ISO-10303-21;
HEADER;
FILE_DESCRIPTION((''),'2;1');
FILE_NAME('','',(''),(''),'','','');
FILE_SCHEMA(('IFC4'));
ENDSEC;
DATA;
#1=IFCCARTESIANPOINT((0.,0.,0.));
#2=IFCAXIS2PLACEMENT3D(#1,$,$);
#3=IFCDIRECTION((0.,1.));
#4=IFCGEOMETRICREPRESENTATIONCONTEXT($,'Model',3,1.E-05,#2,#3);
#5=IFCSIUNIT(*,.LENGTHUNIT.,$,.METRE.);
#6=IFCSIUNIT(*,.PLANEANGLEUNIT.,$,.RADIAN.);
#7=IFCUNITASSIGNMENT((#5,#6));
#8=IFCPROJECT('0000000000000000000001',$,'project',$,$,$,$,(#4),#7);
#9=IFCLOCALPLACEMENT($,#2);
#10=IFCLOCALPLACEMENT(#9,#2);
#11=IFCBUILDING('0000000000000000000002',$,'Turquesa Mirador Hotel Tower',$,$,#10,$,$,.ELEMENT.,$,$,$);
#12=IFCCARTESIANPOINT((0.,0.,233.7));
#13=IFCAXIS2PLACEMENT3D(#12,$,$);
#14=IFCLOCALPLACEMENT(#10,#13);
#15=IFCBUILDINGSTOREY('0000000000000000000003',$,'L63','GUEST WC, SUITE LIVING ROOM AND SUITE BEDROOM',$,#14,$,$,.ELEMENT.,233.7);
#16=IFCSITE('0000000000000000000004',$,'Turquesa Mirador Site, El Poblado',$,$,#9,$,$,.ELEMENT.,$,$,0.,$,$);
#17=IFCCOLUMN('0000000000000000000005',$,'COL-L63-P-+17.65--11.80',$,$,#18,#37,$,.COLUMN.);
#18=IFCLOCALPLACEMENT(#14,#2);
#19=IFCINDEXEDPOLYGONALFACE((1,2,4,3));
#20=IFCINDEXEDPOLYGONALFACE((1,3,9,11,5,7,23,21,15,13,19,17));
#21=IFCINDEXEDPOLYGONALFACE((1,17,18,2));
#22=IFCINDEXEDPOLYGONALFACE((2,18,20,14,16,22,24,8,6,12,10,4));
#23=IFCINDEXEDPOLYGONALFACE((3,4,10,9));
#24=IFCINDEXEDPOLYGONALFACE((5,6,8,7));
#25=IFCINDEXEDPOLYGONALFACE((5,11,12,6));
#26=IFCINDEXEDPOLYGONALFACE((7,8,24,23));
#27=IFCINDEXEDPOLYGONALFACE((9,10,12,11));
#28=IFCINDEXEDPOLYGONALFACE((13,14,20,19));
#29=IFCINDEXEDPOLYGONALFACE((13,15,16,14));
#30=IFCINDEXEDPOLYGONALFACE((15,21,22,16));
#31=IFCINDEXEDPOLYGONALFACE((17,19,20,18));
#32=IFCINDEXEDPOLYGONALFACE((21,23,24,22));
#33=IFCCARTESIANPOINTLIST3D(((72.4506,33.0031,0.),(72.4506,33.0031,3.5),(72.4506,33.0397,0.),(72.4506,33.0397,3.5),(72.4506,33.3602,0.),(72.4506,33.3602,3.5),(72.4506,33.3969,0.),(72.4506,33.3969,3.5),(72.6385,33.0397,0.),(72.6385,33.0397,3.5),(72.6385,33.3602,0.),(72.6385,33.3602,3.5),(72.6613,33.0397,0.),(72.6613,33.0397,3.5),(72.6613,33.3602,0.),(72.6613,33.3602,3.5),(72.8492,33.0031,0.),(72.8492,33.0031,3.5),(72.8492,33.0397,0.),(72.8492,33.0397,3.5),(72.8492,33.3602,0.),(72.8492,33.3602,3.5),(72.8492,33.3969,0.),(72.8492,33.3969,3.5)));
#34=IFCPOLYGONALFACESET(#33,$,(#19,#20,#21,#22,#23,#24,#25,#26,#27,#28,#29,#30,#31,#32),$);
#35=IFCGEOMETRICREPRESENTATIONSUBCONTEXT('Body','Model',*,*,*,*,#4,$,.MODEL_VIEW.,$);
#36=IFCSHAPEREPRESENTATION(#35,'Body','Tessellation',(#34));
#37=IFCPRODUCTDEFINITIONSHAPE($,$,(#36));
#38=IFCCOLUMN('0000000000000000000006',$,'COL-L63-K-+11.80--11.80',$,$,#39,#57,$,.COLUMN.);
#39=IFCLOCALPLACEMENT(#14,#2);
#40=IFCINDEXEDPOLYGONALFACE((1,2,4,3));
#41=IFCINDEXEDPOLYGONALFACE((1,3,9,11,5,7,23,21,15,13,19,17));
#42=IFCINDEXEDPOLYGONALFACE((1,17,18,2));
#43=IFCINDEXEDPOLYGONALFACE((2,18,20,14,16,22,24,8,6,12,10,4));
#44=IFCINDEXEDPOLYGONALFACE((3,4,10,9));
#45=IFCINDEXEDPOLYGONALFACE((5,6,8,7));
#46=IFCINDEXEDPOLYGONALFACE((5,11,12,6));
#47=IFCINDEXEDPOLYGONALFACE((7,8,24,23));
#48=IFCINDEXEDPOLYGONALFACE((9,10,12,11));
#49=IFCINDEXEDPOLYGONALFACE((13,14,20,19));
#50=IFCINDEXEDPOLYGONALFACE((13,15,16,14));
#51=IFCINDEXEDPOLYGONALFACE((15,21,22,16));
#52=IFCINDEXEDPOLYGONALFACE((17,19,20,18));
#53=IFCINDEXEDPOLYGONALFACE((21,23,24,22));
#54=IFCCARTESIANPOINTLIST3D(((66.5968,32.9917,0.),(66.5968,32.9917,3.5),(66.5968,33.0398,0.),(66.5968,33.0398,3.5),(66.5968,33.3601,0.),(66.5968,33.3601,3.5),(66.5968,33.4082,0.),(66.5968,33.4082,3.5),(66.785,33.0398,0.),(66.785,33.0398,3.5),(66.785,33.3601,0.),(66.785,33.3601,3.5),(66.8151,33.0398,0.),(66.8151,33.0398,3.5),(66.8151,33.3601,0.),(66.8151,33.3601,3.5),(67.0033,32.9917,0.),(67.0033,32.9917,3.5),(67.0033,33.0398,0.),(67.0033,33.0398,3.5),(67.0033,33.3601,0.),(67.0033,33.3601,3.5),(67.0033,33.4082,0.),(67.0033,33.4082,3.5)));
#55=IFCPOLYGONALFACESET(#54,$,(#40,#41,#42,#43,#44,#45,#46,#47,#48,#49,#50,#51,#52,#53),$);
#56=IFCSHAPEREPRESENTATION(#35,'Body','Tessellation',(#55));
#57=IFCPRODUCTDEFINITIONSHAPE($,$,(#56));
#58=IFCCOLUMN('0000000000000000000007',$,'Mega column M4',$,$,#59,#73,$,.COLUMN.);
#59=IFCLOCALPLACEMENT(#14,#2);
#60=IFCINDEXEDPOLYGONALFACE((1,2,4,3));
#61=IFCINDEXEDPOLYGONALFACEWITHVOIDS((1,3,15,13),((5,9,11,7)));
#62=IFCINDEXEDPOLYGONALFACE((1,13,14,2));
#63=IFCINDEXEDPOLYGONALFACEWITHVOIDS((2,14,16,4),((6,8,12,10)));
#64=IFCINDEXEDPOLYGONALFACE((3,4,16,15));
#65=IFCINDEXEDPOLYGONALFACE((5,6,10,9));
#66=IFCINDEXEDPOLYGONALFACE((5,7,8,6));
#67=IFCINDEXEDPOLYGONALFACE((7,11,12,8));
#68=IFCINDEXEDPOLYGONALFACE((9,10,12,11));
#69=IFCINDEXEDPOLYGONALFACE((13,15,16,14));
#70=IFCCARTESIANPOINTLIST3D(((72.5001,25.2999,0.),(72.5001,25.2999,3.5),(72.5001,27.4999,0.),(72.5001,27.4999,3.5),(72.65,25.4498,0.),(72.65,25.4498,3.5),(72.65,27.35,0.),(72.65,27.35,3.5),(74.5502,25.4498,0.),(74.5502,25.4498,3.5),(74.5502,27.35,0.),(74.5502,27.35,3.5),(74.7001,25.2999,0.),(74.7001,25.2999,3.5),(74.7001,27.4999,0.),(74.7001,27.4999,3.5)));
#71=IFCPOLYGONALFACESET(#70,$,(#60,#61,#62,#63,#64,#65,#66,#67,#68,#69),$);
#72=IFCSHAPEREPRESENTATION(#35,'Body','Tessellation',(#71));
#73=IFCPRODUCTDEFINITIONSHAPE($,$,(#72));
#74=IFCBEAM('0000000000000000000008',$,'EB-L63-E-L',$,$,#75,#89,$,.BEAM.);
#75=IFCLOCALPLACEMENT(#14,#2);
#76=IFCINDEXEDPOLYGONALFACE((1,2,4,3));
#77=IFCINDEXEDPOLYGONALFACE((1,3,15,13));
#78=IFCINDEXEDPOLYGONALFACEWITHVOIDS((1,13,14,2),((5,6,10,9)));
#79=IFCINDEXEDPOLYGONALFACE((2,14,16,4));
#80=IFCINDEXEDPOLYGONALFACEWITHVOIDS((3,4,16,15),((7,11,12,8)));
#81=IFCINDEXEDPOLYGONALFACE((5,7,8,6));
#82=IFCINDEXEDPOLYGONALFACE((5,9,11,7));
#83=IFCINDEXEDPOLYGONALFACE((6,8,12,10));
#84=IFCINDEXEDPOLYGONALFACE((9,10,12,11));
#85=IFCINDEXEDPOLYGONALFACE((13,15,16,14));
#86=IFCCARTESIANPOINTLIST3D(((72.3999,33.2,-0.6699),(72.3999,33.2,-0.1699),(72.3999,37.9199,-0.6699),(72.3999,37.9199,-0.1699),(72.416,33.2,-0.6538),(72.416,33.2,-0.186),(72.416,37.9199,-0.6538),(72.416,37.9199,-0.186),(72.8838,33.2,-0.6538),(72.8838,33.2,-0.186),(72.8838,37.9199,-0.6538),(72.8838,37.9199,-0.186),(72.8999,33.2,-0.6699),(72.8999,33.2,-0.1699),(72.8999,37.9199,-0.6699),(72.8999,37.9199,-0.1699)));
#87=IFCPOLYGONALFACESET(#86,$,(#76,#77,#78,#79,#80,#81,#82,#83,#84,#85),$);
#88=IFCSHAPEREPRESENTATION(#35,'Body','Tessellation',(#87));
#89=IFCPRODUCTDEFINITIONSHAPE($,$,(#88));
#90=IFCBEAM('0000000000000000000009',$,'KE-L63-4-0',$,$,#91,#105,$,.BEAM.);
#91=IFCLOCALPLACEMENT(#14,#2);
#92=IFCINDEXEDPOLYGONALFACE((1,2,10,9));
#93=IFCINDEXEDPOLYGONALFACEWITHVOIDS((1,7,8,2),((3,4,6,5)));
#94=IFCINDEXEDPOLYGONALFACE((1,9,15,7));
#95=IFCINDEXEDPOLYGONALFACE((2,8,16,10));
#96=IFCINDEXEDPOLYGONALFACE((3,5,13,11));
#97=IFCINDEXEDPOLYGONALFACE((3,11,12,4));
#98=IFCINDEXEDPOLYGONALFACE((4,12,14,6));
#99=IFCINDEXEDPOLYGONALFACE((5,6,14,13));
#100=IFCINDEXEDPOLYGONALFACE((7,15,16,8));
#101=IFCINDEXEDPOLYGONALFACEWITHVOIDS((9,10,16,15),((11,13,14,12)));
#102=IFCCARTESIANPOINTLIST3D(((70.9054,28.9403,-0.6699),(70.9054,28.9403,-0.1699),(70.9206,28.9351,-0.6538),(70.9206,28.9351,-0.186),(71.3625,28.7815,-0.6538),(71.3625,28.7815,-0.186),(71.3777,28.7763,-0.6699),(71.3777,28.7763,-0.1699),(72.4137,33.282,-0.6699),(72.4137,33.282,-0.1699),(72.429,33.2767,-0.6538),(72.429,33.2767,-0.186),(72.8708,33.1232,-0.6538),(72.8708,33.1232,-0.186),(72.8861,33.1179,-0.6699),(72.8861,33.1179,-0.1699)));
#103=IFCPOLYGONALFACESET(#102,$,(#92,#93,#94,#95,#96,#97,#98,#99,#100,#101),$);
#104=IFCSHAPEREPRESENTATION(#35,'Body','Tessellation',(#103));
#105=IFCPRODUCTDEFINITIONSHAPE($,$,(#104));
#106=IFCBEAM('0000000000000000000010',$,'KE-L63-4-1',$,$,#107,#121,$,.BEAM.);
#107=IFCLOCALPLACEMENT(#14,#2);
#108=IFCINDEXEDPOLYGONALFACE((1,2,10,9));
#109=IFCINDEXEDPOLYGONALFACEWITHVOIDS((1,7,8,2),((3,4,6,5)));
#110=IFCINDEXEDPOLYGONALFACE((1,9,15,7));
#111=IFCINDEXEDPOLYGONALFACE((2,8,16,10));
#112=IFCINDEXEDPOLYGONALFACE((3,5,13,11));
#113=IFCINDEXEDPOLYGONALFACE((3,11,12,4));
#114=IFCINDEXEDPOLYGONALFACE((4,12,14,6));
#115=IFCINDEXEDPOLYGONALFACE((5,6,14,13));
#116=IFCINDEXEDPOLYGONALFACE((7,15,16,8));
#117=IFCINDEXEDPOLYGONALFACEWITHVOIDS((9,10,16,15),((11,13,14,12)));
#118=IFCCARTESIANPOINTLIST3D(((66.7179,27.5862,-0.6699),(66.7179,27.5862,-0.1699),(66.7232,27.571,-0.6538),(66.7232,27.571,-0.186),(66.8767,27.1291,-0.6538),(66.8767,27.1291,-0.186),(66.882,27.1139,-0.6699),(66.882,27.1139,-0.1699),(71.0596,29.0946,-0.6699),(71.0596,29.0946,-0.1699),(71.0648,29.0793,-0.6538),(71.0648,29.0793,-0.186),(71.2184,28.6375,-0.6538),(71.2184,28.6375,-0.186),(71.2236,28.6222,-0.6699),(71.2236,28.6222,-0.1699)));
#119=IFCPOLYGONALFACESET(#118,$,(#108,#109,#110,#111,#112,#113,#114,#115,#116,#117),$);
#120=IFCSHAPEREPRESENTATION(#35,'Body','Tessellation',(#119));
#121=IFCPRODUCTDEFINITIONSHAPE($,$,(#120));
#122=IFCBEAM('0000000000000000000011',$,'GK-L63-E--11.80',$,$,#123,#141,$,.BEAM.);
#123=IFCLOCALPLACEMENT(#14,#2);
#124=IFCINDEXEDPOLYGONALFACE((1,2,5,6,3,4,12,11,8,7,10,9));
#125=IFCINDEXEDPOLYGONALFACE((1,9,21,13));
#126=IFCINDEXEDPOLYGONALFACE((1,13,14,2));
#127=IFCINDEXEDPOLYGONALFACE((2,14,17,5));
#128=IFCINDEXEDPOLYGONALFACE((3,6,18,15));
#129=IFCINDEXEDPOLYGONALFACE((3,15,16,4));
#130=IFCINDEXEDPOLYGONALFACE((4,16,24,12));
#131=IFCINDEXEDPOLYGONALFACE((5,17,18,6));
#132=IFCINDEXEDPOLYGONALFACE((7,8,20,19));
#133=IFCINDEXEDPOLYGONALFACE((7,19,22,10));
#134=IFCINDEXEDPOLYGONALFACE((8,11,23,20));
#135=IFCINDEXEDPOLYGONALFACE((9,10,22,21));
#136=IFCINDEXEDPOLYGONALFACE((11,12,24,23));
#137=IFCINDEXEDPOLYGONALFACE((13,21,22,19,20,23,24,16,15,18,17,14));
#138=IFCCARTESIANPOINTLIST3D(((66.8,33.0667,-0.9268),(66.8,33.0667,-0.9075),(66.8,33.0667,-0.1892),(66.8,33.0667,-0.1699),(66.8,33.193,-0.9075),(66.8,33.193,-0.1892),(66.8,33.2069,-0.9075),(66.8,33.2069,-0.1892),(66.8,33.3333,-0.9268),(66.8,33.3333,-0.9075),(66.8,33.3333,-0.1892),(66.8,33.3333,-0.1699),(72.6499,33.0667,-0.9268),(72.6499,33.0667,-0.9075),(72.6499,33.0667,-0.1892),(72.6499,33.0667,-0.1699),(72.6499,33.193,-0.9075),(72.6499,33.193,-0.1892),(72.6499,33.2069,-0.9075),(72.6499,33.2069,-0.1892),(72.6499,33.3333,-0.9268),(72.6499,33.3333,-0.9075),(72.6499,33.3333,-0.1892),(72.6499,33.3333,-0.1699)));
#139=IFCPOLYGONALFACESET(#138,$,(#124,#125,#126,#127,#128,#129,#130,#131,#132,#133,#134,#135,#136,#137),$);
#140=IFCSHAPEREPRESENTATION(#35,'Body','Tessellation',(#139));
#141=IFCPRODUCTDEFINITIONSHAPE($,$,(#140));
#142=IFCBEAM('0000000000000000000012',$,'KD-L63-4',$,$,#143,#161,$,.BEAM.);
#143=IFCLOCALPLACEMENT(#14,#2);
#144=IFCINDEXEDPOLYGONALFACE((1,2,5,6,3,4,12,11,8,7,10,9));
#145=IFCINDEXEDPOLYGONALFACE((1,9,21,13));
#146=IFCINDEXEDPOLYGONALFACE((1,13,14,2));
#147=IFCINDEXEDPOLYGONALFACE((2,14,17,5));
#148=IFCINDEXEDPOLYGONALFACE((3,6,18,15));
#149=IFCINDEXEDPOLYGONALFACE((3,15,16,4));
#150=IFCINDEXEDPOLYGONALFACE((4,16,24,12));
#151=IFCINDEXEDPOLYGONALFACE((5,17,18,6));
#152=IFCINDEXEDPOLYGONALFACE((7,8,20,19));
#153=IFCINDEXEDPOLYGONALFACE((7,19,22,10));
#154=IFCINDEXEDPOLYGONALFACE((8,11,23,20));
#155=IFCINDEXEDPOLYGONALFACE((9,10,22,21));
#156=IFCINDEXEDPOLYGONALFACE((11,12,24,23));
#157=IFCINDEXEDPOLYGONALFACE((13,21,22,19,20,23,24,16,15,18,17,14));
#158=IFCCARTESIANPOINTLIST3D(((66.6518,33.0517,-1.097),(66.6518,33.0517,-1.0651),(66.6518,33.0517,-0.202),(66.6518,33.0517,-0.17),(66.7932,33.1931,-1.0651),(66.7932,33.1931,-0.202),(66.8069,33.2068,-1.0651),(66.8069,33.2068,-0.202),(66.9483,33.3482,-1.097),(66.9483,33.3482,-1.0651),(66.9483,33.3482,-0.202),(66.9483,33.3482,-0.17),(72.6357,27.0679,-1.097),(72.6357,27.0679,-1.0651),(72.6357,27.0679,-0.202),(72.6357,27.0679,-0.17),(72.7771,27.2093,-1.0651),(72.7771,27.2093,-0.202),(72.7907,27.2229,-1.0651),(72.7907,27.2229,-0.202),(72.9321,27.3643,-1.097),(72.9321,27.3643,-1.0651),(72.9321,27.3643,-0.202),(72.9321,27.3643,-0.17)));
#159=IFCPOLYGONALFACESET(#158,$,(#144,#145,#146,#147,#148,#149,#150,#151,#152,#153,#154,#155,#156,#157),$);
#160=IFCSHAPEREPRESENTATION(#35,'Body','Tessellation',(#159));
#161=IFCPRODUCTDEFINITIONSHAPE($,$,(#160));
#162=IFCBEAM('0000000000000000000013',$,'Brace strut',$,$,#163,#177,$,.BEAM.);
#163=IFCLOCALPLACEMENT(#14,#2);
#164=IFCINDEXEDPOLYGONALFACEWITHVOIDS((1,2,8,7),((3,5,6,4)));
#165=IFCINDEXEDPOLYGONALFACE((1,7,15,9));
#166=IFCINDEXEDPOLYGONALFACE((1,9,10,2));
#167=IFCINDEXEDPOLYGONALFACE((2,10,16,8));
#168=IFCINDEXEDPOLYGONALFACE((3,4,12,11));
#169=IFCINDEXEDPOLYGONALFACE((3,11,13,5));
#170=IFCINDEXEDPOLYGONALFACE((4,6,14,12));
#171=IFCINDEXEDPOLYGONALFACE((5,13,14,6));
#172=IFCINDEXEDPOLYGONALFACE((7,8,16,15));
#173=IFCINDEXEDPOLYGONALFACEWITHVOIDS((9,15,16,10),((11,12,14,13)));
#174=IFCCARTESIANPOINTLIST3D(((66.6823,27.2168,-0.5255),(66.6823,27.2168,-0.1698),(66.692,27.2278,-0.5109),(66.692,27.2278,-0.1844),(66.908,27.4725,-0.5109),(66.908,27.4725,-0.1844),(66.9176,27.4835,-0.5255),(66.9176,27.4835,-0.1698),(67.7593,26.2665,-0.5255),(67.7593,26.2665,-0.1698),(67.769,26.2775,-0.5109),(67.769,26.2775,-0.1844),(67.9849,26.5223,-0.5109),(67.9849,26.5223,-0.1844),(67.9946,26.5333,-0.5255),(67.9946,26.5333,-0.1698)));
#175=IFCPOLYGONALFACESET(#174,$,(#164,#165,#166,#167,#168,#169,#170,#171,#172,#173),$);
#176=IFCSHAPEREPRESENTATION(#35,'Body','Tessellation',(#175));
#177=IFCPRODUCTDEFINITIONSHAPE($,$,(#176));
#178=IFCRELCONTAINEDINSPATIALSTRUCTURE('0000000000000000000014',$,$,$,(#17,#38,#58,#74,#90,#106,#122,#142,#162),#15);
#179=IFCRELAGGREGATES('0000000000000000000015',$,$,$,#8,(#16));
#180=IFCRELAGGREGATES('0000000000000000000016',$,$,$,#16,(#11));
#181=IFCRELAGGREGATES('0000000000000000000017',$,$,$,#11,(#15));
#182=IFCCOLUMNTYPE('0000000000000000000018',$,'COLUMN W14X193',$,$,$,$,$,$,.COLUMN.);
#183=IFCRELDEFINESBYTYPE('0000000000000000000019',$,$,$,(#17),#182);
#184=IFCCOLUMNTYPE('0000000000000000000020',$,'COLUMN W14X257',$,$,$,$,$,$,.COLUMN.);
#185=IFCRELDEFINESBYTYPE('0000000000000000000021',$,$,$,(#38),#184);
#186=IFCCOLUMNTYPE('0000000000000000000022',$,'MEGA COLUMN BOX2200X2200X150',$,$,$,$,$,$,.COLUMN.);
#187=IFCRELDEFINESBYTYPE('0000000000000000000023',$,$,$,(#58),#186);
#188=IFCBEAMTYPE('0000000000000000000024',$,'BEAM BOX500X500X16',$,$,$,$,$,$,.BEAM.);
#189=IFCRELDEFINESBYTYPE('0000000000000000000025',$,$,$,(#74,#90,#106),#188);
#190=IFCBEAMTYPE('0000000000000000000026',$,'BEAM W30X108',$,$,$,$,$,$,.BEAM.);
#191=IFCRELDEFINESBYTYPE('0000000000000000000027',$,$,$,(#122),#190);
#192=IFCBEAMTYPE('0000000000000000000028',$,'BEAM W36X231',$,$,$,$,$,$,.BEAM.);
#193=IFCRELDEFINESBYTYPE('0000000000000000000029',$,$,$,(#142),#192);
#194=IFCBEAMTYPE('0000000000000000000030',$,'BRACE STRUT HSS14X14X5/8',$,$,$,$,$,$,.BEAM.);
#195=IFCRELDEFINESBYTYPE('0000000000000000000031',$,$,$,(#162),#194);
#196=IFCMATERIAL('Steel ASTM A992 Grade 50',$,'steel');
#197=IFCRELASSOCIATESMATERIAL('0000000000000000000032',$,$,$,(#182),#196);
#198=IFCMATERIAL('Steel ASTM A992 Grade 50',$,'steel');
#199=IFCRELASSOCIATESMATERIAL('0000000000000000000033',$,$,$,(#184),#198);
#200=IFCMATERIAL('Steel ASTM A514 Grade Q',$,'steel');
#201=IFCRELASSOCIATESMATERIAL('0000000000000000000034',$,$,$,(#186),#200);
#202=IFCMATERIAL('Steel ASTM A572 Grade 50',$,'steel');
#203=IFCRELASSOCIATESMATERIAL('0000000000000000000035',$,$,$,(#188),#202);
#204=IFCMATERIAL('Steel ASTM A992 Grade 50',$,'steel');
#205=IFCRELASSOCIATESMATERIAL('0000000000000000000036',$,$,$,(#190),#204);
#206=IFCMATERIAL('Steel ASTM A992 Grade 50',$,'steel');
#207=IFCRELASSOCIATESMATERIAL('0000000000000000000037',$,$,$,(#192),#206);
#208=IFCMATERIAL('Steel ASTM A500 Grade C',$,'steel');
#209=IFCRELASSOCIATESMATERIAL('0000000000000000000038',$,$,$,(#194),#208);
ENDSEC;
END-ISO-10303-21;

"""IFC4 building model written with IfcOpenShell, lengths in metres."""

from ifc_helpers import new_model, si_unit, direction, frame, origin, origin_2d, place, context, subcontext, project, spatial, hollow_rectangle, i_section, extrude, material, material_profile, profile_set, type_object, element, save


model = new_model("IFC4")

# Units and contexts
model_context = context("Model", 3, precision=1e-05, world=origin(), true_north=direction((0.0, 1.0)))
body_context = subcontext(model_context, "Body", "Model", "MODEL_VIEW")
ifc_project = project(units=[si_unit("LENGTHUNIT", "METRE"), si_unit("PLANEANGLEUNIT", "RADIAN")], contexts=[model_context])

# Site, building, storey
site_placement = place(None, origin())
site = spatial("IfcSite", under=ifc_project, at=site_placement, Name="Turquesa Mirador Site, El Poblado", CompositionType="ELEMENT", RefElevation=0.0)
building_placement = place(site_placement, origin())
building = spatial("IfcBuilding", under=site, at=building_placement, Name="Turquesa Mirador Hotel Tower", CompositionType="ELEMENT")
storey_placement = place(building_placement, frame((0.0, 0.0, 233.7)))
storey = spatial("IfcBuildingStorey", under=building, at=storey_placement, Name="L63", Description="GUEST WC, SUITE LIVING ROOM AND SUITE BEDROOM", CompositionType="ELEMENT", Elevation=233.7)

# Columns
ifc_material_1 = material(Name="Steel ASTM A992 Grade 50", Category="steel")
ifc_material_profile_1 = material_profile(ifc_material_1, i_section(OverallWidth=0.3987, OverallDepth=0.3938, WebThickness=0.0227, FlangeThickness=0.0366, at=origin_2d()), Name="W14X193")
ifc_profile_set_1 = profile_set([ifc_material_profile_1], Name="Steel ASTM A992 Grade 50")
column_type_1 = type_object("IfcColumnType", Name="COLUMN W14X193", PredefinedType="COLUMN", material=ifc_profile_set_1)
column_1_placement = place(storey_placement, frame((72.6499, 33.2, 0.0), z_axis=(0.0, 0.0, 1.0), x_axis=(1.0, 0.0, 0.0)))
element("IfcColumn", 1, at=column_1_placement, inside=storey, type_object=column_type_1, Name="COL-L63-P-+17.65--11.80", PredefinedType="COLUMN", context=body_context, shape_type="SweptSolid", body=[
    extrude(i_section(OverallWidth=0.3987, OverallDepth=0.3938, WebThickness=0.0227, FlangeThickness=0.0366, at=origin_2d()), origin(), (0.0, 0.0, 1.0), 3.5),
])
ifc_material_2 = material(Name="Steel ASTM A992 Grade 50", Category="steel")
ifc_material_profile_2 = material_profile(ifc_material_2, i_section(OverallWidth=0.4065, OverallDepth=0.4165, WebThickness=0.03, FlangeThickness=0.0481, at=origin_2d()), Name="W14X257")
ifc_profile_set_2 = profile_set([ifc_material_profile_2], Name="Steel ASTM A992 Grade 50")
column_type_2 = type_object("IfcColumnType", Name="COLUMN W14X257", PredefinedType="COLUMN", material=ifc_profile_set_2)
column_2_placement = place(storey_placement, frame((66.8, 33.2, 0.0), z_axis=(0.0, 0.0, 1.0), x_axis=(1.0, 0.0, 0.0)))
element("IfcColumn", 2, at=column_2_placement, inside=storey, type_object=column_type_2, Name="COL-L63-K-+11.80--11.80", PredefinedType="COLUMN", context=body_context, shape_type="SweptSolid", body=[
    extrude(i_section(OverallWidth=0.4065, OverallDepth=0.4165, WebThickness=0.03, FlangeThickness=0.0481, at=origin_2d()), origin(), (0.0, 0.0, 1.0), 3.5),
])
ifc_material_3 = material(Name="Steel ASTM A514 Grade Q", Category="steel")
ifc_material_profile_3 = material_profile(ifc_material_3, hollow_rectangle(XDim=2.2, YDim=2.2, WallThickness=0.1499, at=origin_2d()), Name="BOX2200X2200X150")
ifc_profile_set_3 = profile_set([ifc_material_profile_3], Name="Steel ASTM A514 Grade Q")
column_type_3 = type_object("IfcColumnType", Name="MEGA COLUMN BOX2200X2200X150", PredefinedType="COLUMN", material=ifc_profile_set_3)
column_3_placement = place(storey_placement, frame((73.6001, 26.3999, 0.0), z_axis=(0.0, 0.0, 1.0), x_axis=(1.0, 0.0, 0.0)))
element("IfcColumn", 3, at=column_3_placement, inside=storey, type_object=column_type_3, Name="Mega column M4", PredefinedType="COLUMN", context=body_context, shape_type="SweptSolid", body=[
    extrude(hollow_rectangle(XDim=2.2, YDim=2.2, WallThickness=0.1499, at=origin_2d()), origin(), (0.0, 0.0, 1.0), 3.5),
])

# Beams
ifc_material_4 = material(Name="Steel ASTM A572 Grade 50", Category="steel")
ifc_material_profile_4 = material_profile(ifc_material_4, hollow_rectangle(XDim=0.5, YDim=0.5, WallThickness=0.0161, at=origin_2d()), Name="BOX500X500X16")
ifc_profile_set_4 = profile_set([ifc_material_profile_4], Name="Steel ASTM A572 Grade 50")
beam_type_1 = type_object("IfcBeamType", Name="BEAM BOX500X500X16", PredefinedType="BEAM", material=ifc_profile_set_4)
beam_1_placement = place(storey_placement, frame((72.6499, 33.2, -0.4199), z_axis=(0.0, 1.0, 0.0), x_axis=(-1.0, 0.0, 0.0)))
element("IfcBeam", 4, at=beam_1_placement, inside=storey, type_object=beam_type_1, Name="EB-L63-E-L", PredefinedType="BEAM", context=body_context, shape_type="SweptSolid", body=[
    extrude(hollow_rectangle(XDim=0.5, YDim=0.5, WallThickness=0.0161, at=origin_2d()), origin(), (0.0, 0.0, 1.0), 4.72),
])
for number, where, z_axis, x_axis, name in (
    (5, (72.6499, 33.2, -0.4199), (-0.32817, -0.944619, 0.0), (0.944619, -0.32817, 0.0), "KE-L63-4-0"),
    (6, (71.1416, 28.8584, -0.4199), (-0.944619, -0.32817, 0.0), (0.32817, -0.944619, 0.0), "KE-L63-4-1"),
):
    element("IfcBeam", number, at=place(storey_placement, frame(where, z_axis=z_axis, x_axis=x_axis)), inside=storey, type_object=beam_type_1, Name=name, PredefinedType="BEAM", context=body_context, shape_type="SweptSolid", body=[
        extrude(hollow_rectangle(XDim=0.5, YDim=0.5, WallThickness=0.0161, at=origin_2d()), origin(), (0.0, 0.0, 1.0), 4.5962),
    ])
ifc_material_5 = material(Name="Steel ASTM A992 Grade 50", Category="steel")
ifc_material_profile_5 = material_profile(ifc_material_5, i_section(OverallWidth=0.2666, OverallDepth=0.7568, WebThickness=0.0139, FlangeThickness=0.0193, at=origin_2d()), Name="W30X108")
ifc_profile_set_5 = profile_set([ifc_material_profile_5], Name="Steel ASTM A992 Grade 50")
beam_type_2 = type_object("IfcBeamType", Name="BEAM W30X108", PredefinedType="BEAM", material=ifc_profile_set_5)
beam_2_placement = place(storey_placement, frame((72.6499, 33.2, -0.5483), z_axis=(-1.0, 0.0, 0.0), x_axis=(0.0, -1.0, 0.0)))
element("IfcBeam", 7, at=beam_2_placement, inside=storey, type_object=beam_type_2, Name="GK-L63-E--11.80", PredefinedType="BEAM", context=body_context, shape_type="SweptSolid", body=[
    extrude(i_section(OverallWidth=0.2666, OverallDepth=0.7568, WebThickness=0.0139, FlangeThickness=0.0193, at=origin_2d()), origin(), (0.0, 0.0, 1.0), 5.8499),
])
ifc_material_6 = material(Name="Steel ASTM A992 Grade 50", Category="steel")
ifc_material_profile_6 = material_profile(ifc_material_6, i_section(OverallWidth=0.4192, OverallDepth=0.927, WebThickness=0.0193, FlangeThickness=0.032, at=origin_2d()), Name="W36X231")
ifc_profile_set_6 = profile_set([ifc_material_profile_6], Name="Steel ASTM A992 Grade 50")
beam_type_3 = type_object("IfcBeamType", Name="BEAM W36X231", PredefinedType="BEAM", material=ifc_profile_set_6)
beam_3_placement = place(storey_placement, frame((66.8, 33.2, -0.6335), z_axis=(0.707107, -0.707107, 0.0), x_axis=(0.707107, 0.707107, 0.0)))
element("IfcBeam", 8, at=beam_3_placement, inside=storey, type_object=beam_type_3, Name="KD-L63-4", PredefinedType="BEAM", context=body_context, shape_type="SweptSolid", body=[
    extrude(i_section(OverallWidth=0.4192, OverallDepth=0.927, WebThickness=0.0193, FlangeThickness=0.032, at=origin_2d()), origin(), (0.0, 0.0, 1.0), 8.4624),
])
ifc_material_7 = material(Name="Steel ASTM A500 Grade C", Category="steel")
ifc_material_profile_7 = material_profile(ifc_material_7, hollow_rectangle(XDim=0.3557, YDim=0.3557, WallThickness=0.0146, at=origin_2d()), Name="HSS14X14X5/8")
ifc_profile_set_7 = profile_set([ifc_material_profile_7], Name="Steel ASTM A500 Grade C")
beam_type_4 = type_object("IfcBeamType", Name="BRACE STRUT HSS14X14X5/8", PredefinedType="BEAM", material=ifc_profile_set_7)
for number, where, z_axis, x_axis, name in (
    (9, (67.877, 26.3999, -0.3477), (-0.749843, 0.661616, 0.0), (-0.661616, -0.749843, 0.0), "Brace strut"),
):
    element("IfcBeam", number, at=place(storey_placement, frame(where, z_axis=z_axis, x_axis=x_axis)), inside=storey, type_object=beam_type_4, Name=name, PredefinedType="BEAM", context=body_context, shape_type="SweptSolid", body=[
        extrude(hollow_rectangle(XDim=0.3557, YDim=0.3557, WallThickness=0.0146, at=origin_2d()), origin(), (0.0, 0.0, 1.0), 1.4363),
    ])

save(model, "model.ifc")
